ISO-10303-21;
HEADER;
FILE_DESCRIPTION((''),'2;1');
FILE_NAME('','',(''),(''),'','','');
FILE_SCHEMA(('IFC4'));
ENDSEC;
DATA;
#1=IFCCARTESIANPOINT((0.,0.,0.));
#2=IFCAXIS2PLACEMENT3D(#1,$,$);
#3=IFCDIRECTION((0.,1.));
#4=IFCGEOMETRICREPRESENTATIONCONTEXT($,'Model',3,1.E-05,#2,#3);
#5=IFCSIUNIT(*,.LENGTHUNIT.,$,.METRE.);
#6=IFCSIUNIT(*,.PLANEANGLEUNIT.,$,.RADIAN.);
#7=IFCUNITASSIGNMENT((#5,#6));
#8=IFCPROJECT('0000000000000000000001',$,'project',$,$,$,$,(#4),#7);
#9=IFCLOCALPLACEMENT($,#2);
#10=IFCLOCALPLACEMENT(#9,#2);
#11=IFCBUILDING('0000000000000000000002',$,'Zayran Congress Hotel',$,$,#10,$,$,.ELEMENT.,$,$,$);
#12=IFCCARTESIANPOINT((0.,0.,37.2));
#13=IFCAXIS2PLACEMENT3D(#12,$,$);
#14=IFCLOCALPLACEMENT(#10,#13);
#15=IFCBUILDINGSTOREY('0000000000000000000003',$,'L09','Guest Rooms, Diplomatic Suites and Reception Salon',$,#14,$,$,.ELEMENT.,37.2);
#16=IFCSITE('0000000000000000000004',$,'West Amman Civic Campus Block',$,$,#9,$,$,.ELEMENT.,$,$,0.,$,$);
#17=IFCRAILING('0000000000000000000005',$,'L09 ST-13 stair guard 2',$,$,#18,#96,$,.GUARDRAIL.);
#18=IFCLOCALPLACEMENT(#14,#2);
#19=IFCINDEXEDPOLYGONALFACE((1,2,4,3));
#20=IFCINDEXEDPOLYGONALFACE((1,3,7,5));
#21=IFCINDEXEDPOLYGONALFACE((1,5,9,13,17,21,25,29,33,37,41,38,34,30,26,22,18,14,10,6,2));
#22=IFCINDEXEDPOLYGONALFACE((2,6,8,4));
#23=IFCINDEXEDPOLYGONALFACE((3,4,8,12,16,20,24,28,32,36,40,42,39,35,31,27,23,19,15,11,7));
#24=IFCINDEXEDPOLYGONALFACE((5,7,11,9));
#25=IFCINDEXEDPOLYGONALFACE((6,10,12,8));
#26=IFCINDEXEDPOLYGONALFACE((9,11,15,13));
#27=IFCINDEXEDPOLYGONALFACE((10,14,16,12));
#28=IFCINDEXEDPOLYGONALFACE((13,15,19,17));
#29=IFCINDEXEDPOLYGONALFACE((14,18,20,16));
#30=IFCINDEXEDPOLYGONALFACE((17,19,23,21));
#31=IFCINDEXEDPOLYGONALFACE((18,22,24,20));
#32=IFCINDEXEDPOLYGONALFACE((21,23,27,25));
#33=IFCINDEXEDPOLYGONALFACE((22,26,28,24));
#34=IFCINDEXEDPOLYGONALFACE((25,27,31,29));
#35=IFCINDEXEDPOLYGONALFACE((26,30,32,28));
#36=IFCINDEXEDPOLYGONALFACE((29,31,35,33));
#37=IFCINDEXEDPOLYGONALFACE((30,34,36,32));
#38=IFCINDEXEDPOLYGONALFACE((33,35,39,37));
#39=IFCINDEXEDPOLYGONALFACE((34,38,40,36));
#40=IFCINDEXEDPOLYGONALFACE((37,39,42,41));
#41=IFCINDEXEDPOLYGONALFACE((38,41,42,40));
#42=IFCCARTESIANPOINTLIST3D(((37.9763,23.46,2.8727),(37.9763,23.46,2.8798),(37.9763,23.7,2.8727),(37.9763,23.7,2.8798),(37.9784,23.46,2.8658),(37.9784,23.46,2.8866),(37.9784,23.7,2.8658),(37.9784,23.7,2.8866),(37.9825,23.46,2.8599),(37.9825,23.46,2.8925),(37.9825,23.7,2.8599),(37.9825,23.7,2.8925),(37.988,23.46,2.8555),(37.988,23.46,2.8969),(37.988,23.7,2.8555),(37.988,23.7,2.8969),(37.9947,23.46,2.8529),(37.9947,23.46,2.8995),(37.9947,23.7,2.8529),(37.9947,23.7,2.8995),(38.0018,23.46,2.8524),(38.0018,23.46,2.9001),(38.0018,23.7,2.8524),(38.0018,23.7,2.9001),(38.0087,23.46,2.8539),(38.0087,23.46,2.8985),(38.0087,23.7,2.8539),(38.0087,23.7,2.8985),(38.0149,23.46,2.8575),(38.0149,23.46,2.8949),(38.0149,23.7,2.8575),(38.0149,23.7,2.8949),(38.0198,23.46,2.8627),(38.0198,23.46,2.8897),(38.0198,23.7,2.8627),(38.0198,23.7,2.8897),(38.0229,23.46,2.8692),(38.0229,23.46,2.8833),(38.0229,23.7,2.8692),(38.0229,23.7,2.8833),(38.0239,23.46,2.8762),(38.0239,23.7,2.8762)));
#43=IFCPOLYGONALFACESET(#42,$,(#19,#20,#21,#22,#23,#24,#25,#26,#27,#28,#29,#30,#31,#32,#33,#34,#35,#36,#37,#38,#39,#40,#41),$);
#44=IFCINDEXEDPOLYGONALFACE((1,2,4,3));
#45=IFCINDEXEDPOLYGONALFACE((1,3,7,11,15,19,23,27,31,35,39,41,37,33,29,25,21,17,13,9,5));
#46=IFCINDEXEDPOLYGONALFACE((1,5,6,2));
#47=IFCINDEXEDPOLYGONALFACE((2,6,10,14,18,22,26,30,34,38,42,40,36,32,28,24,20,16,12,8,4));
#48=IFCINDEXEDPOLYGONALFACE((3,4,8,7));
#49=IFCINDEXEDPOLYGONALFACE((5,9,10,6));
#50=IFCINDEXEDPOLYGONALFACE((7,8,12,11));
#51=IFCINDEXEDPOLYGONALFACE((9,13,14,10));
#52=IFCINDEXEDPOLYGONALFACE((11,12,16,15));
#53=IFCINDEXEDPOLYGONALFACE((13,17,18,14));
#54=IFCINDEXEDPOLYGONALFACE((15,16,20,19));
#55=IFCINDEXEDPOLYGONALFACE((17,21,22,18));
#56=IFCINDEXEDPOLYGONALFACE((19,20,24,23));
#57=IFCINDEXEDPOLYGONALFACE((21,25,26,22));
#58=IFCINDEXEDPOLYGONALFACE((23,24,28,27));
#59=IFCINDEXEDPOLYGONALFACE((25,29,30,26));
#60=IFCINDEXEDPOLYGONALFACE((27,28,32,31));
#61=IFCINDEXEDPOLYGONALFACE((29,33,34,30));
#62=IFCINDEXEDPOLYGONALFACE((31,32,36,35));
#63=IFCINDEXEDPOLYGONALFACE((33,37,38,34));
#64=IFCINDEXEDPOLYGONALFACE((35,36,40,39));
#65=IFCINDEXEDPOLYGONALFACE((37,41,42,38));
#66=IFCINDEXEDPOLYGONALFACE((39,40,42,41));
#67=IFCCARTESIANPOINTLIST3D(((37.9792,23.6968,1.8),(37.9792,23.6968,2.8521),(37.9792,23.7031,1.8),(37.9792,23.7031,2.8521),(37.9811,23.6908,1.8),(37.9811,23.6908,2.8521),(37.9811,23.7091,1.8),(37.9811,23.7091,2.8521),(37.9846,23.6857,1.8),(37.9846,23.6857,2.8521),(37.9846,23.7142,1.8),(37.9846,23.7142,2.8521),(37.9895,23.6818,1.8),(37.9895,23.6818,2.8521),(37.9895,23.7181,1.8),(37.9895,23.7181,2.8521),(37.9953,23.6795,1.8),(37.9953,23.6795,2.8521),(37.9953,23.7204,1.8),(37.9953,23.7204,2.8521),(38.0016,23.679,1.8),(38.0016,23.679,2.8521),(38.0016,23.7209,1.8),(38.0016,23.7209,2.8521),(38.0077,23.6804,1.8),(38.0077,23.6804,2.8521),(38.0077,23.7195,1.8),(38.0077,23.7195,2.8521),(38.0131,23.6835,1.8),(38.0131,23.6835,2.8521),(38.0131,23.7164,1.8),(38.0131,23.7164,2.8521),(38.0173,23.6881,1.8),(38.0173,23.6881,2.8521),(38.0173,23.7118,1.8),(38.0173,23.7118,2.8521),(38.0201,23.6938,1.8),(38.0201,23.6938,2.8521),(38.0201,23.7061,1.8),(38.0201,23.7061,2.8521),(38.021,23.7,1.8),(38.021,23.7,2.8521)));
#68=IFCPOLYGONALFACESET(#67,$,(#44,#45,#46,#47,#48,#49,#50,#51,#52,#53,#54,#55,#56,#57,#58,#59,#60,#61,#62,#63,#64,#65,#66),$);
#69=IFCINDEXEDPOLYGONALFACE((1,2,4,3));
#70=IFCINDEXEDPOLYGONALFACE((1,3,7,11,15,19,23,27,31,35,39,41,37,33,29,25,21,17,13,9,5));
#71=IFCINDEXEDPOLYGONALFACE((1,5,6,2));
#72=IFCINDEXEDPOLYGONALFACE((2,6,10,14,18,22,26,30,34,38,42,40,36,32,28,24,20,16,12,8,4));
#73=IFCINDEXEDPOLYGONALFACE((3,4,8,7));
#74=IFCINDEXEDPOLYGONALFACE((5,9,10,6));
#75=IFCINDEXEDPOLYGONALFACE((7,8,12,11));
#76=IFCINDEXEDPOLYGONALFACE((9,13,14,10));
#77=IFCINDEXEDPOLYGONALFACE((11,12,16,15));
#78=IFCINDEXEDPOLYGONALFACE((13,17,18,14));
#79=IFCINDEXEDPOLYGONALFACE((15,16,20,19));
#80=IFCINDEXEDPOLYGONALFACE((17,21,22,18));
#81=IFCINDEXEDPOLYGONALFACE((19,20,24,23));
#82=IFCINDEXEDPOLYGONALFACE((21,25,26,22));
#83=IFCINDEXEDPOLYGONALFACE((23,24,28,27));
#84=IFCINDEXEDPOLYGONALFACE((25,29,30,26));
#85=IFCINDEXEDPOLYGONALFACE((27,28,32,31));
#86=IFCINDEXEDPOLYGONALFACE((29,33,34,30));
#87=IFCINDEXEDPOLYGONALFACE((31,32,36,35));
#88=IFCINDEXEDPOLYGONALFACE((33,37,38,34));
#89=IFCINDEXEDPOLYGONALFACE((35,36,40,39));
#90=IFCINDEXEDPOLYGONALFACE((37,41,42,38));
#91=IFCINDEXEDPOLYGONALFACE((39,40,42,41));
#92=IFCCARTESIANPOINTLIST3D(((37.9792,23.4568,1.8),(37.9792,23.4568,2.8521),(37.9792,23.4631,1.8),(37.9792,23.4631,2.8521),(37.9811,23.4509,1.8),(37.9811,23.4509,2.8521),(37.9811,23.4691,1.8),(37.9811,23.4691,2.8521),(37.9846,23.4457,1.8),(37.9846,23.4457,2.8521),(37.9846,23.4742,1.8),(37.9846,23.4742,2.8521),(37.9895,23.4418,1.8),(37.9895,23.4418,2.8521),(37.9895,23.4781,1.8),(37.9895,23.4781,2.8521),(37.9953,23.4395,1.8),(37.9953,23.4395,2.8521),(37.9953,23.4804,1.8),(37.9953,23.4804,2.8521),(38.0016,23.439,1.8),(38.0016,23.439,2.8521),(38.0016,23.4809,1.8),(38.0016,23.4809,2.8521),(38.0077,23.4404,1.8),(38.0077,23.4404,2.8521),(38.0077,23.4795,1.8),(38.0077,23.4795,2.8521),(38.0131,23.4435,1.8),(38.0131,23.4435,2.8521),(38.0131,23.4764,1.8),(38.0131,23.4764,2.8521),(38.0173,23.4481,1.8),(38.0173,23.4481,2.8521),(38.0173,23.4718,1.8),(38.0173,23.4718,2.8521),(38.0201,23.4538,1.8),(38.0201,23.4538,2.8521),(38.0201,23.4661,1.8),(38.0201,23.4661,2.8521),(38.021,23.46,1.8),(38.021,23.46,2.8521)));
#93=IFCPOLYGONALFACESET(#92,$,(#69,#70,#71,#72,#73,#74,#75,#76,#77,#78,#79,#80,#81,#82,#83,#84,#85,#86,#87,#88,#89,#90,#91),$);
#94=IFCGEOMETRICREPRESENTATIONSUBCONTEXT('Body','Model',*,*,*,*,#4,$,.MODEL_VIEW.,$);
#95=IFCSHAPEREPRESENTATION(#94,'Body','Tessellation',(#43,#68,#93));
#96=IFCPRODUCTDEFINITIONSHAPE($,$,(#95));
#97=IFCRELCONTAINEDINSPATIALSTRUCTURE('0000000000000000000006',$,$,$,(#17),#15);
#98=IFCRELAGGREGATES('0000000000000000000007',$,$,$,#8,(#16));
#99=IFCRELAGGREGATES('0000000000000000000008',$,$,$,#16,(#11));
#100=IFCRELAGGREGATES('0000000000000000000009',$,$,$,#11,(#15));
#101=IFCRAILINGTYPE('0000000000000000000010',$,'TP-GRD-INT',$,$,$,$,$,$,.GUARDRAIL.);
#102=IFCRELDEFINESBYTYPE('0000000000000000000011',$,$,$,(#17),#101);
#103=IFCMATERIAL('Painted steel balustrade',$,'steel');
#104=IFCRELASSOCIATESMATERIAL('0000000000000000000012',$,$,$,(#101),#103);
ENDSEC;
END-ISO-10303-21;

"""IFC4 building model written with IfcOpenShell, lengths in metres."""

from ifc_helpers import new_model, si_unit, direction, frame, origin, origin_2d, place, context, subcontext, project, spatial, circle, extrude, material, type_object, element, save


model = new_model("IFC4")

# Units and contexts
model_context = context("Model", 3, precision=1e-05, world=origin(), true_north=direction((0.0, 1.0)))
body_context = subcontext(model_context, "Body", "Model", "MODEL_VIEW")
ifc_project = project(units=[si_unit("LENGTHUNIT", "METRE"), si_unit("PLANEANGLEUNIT", "RADIAN")], contexts=[model_context])

# Site, building, storey
site_placement = place(None, origin())
site = spatial("IfcSite", under=ifc_project, at=site_placement, Name="West Amman Civic Campus Block", CompositionType="ELEMENT", RefElevation=0.0)
building_placement = place(site_placement, origin())
building = spatial("IfcBuilding", under=site, at=building_placement, Name="Zayran Congress Hotel", CompositionType="ELEMENT")
storey_placement = place(building_placement, frame((0.0, 0.0, 37.2)))
storey = spatial("IfcBuildingStorey", under=building, at=storey_placement, Name="L09", Description="Guest Rooms, Diplomatic Suites and Reception Salon", CompositionType="ELEMENT", Elevation=37.2)

# Railing
ifc_material_1 = material(Name="Painted steel balustrade", Category="steel")
railing_type_1 = type_object("IfcRailingType", Name="TP-GRD-INT", PredefinedType="GUARDRAIL", material=ifc_material_1)
railing_1_placement = place(storey_placement, frame((38.0, 23.7, 1.8)))
element("IfcRailing", 1, at=railing_1_placement, inside=storey, type_object=railing_type_1, Name="L09 ST-13 stair guard 2", PredefinedType="GUARDRAIL", context=body_context, shape_type="SweptSolid", body=[
    extrude(circle(Radius=0.0239, at=origin_2d()), frame((0.0, 0.0, 1.0762), z_axis=(0.0, -1.0, 0.0), x_axis=(1.0, 0.0, 0.0)), (0.0, 0.0, 1.0), 0.24),
    extrude(circle(Radius=0.021, at=origin_2d()), origin(), (0.0, 0.0, 1.0), 1.052),
    extrude(circle(Radius=0.021, at=origin_2d()), frame((0.0, -0.24, 0.0)), (0.0, 0.0, 1.0), 1.052),
])

save(model, "model.ifc")
